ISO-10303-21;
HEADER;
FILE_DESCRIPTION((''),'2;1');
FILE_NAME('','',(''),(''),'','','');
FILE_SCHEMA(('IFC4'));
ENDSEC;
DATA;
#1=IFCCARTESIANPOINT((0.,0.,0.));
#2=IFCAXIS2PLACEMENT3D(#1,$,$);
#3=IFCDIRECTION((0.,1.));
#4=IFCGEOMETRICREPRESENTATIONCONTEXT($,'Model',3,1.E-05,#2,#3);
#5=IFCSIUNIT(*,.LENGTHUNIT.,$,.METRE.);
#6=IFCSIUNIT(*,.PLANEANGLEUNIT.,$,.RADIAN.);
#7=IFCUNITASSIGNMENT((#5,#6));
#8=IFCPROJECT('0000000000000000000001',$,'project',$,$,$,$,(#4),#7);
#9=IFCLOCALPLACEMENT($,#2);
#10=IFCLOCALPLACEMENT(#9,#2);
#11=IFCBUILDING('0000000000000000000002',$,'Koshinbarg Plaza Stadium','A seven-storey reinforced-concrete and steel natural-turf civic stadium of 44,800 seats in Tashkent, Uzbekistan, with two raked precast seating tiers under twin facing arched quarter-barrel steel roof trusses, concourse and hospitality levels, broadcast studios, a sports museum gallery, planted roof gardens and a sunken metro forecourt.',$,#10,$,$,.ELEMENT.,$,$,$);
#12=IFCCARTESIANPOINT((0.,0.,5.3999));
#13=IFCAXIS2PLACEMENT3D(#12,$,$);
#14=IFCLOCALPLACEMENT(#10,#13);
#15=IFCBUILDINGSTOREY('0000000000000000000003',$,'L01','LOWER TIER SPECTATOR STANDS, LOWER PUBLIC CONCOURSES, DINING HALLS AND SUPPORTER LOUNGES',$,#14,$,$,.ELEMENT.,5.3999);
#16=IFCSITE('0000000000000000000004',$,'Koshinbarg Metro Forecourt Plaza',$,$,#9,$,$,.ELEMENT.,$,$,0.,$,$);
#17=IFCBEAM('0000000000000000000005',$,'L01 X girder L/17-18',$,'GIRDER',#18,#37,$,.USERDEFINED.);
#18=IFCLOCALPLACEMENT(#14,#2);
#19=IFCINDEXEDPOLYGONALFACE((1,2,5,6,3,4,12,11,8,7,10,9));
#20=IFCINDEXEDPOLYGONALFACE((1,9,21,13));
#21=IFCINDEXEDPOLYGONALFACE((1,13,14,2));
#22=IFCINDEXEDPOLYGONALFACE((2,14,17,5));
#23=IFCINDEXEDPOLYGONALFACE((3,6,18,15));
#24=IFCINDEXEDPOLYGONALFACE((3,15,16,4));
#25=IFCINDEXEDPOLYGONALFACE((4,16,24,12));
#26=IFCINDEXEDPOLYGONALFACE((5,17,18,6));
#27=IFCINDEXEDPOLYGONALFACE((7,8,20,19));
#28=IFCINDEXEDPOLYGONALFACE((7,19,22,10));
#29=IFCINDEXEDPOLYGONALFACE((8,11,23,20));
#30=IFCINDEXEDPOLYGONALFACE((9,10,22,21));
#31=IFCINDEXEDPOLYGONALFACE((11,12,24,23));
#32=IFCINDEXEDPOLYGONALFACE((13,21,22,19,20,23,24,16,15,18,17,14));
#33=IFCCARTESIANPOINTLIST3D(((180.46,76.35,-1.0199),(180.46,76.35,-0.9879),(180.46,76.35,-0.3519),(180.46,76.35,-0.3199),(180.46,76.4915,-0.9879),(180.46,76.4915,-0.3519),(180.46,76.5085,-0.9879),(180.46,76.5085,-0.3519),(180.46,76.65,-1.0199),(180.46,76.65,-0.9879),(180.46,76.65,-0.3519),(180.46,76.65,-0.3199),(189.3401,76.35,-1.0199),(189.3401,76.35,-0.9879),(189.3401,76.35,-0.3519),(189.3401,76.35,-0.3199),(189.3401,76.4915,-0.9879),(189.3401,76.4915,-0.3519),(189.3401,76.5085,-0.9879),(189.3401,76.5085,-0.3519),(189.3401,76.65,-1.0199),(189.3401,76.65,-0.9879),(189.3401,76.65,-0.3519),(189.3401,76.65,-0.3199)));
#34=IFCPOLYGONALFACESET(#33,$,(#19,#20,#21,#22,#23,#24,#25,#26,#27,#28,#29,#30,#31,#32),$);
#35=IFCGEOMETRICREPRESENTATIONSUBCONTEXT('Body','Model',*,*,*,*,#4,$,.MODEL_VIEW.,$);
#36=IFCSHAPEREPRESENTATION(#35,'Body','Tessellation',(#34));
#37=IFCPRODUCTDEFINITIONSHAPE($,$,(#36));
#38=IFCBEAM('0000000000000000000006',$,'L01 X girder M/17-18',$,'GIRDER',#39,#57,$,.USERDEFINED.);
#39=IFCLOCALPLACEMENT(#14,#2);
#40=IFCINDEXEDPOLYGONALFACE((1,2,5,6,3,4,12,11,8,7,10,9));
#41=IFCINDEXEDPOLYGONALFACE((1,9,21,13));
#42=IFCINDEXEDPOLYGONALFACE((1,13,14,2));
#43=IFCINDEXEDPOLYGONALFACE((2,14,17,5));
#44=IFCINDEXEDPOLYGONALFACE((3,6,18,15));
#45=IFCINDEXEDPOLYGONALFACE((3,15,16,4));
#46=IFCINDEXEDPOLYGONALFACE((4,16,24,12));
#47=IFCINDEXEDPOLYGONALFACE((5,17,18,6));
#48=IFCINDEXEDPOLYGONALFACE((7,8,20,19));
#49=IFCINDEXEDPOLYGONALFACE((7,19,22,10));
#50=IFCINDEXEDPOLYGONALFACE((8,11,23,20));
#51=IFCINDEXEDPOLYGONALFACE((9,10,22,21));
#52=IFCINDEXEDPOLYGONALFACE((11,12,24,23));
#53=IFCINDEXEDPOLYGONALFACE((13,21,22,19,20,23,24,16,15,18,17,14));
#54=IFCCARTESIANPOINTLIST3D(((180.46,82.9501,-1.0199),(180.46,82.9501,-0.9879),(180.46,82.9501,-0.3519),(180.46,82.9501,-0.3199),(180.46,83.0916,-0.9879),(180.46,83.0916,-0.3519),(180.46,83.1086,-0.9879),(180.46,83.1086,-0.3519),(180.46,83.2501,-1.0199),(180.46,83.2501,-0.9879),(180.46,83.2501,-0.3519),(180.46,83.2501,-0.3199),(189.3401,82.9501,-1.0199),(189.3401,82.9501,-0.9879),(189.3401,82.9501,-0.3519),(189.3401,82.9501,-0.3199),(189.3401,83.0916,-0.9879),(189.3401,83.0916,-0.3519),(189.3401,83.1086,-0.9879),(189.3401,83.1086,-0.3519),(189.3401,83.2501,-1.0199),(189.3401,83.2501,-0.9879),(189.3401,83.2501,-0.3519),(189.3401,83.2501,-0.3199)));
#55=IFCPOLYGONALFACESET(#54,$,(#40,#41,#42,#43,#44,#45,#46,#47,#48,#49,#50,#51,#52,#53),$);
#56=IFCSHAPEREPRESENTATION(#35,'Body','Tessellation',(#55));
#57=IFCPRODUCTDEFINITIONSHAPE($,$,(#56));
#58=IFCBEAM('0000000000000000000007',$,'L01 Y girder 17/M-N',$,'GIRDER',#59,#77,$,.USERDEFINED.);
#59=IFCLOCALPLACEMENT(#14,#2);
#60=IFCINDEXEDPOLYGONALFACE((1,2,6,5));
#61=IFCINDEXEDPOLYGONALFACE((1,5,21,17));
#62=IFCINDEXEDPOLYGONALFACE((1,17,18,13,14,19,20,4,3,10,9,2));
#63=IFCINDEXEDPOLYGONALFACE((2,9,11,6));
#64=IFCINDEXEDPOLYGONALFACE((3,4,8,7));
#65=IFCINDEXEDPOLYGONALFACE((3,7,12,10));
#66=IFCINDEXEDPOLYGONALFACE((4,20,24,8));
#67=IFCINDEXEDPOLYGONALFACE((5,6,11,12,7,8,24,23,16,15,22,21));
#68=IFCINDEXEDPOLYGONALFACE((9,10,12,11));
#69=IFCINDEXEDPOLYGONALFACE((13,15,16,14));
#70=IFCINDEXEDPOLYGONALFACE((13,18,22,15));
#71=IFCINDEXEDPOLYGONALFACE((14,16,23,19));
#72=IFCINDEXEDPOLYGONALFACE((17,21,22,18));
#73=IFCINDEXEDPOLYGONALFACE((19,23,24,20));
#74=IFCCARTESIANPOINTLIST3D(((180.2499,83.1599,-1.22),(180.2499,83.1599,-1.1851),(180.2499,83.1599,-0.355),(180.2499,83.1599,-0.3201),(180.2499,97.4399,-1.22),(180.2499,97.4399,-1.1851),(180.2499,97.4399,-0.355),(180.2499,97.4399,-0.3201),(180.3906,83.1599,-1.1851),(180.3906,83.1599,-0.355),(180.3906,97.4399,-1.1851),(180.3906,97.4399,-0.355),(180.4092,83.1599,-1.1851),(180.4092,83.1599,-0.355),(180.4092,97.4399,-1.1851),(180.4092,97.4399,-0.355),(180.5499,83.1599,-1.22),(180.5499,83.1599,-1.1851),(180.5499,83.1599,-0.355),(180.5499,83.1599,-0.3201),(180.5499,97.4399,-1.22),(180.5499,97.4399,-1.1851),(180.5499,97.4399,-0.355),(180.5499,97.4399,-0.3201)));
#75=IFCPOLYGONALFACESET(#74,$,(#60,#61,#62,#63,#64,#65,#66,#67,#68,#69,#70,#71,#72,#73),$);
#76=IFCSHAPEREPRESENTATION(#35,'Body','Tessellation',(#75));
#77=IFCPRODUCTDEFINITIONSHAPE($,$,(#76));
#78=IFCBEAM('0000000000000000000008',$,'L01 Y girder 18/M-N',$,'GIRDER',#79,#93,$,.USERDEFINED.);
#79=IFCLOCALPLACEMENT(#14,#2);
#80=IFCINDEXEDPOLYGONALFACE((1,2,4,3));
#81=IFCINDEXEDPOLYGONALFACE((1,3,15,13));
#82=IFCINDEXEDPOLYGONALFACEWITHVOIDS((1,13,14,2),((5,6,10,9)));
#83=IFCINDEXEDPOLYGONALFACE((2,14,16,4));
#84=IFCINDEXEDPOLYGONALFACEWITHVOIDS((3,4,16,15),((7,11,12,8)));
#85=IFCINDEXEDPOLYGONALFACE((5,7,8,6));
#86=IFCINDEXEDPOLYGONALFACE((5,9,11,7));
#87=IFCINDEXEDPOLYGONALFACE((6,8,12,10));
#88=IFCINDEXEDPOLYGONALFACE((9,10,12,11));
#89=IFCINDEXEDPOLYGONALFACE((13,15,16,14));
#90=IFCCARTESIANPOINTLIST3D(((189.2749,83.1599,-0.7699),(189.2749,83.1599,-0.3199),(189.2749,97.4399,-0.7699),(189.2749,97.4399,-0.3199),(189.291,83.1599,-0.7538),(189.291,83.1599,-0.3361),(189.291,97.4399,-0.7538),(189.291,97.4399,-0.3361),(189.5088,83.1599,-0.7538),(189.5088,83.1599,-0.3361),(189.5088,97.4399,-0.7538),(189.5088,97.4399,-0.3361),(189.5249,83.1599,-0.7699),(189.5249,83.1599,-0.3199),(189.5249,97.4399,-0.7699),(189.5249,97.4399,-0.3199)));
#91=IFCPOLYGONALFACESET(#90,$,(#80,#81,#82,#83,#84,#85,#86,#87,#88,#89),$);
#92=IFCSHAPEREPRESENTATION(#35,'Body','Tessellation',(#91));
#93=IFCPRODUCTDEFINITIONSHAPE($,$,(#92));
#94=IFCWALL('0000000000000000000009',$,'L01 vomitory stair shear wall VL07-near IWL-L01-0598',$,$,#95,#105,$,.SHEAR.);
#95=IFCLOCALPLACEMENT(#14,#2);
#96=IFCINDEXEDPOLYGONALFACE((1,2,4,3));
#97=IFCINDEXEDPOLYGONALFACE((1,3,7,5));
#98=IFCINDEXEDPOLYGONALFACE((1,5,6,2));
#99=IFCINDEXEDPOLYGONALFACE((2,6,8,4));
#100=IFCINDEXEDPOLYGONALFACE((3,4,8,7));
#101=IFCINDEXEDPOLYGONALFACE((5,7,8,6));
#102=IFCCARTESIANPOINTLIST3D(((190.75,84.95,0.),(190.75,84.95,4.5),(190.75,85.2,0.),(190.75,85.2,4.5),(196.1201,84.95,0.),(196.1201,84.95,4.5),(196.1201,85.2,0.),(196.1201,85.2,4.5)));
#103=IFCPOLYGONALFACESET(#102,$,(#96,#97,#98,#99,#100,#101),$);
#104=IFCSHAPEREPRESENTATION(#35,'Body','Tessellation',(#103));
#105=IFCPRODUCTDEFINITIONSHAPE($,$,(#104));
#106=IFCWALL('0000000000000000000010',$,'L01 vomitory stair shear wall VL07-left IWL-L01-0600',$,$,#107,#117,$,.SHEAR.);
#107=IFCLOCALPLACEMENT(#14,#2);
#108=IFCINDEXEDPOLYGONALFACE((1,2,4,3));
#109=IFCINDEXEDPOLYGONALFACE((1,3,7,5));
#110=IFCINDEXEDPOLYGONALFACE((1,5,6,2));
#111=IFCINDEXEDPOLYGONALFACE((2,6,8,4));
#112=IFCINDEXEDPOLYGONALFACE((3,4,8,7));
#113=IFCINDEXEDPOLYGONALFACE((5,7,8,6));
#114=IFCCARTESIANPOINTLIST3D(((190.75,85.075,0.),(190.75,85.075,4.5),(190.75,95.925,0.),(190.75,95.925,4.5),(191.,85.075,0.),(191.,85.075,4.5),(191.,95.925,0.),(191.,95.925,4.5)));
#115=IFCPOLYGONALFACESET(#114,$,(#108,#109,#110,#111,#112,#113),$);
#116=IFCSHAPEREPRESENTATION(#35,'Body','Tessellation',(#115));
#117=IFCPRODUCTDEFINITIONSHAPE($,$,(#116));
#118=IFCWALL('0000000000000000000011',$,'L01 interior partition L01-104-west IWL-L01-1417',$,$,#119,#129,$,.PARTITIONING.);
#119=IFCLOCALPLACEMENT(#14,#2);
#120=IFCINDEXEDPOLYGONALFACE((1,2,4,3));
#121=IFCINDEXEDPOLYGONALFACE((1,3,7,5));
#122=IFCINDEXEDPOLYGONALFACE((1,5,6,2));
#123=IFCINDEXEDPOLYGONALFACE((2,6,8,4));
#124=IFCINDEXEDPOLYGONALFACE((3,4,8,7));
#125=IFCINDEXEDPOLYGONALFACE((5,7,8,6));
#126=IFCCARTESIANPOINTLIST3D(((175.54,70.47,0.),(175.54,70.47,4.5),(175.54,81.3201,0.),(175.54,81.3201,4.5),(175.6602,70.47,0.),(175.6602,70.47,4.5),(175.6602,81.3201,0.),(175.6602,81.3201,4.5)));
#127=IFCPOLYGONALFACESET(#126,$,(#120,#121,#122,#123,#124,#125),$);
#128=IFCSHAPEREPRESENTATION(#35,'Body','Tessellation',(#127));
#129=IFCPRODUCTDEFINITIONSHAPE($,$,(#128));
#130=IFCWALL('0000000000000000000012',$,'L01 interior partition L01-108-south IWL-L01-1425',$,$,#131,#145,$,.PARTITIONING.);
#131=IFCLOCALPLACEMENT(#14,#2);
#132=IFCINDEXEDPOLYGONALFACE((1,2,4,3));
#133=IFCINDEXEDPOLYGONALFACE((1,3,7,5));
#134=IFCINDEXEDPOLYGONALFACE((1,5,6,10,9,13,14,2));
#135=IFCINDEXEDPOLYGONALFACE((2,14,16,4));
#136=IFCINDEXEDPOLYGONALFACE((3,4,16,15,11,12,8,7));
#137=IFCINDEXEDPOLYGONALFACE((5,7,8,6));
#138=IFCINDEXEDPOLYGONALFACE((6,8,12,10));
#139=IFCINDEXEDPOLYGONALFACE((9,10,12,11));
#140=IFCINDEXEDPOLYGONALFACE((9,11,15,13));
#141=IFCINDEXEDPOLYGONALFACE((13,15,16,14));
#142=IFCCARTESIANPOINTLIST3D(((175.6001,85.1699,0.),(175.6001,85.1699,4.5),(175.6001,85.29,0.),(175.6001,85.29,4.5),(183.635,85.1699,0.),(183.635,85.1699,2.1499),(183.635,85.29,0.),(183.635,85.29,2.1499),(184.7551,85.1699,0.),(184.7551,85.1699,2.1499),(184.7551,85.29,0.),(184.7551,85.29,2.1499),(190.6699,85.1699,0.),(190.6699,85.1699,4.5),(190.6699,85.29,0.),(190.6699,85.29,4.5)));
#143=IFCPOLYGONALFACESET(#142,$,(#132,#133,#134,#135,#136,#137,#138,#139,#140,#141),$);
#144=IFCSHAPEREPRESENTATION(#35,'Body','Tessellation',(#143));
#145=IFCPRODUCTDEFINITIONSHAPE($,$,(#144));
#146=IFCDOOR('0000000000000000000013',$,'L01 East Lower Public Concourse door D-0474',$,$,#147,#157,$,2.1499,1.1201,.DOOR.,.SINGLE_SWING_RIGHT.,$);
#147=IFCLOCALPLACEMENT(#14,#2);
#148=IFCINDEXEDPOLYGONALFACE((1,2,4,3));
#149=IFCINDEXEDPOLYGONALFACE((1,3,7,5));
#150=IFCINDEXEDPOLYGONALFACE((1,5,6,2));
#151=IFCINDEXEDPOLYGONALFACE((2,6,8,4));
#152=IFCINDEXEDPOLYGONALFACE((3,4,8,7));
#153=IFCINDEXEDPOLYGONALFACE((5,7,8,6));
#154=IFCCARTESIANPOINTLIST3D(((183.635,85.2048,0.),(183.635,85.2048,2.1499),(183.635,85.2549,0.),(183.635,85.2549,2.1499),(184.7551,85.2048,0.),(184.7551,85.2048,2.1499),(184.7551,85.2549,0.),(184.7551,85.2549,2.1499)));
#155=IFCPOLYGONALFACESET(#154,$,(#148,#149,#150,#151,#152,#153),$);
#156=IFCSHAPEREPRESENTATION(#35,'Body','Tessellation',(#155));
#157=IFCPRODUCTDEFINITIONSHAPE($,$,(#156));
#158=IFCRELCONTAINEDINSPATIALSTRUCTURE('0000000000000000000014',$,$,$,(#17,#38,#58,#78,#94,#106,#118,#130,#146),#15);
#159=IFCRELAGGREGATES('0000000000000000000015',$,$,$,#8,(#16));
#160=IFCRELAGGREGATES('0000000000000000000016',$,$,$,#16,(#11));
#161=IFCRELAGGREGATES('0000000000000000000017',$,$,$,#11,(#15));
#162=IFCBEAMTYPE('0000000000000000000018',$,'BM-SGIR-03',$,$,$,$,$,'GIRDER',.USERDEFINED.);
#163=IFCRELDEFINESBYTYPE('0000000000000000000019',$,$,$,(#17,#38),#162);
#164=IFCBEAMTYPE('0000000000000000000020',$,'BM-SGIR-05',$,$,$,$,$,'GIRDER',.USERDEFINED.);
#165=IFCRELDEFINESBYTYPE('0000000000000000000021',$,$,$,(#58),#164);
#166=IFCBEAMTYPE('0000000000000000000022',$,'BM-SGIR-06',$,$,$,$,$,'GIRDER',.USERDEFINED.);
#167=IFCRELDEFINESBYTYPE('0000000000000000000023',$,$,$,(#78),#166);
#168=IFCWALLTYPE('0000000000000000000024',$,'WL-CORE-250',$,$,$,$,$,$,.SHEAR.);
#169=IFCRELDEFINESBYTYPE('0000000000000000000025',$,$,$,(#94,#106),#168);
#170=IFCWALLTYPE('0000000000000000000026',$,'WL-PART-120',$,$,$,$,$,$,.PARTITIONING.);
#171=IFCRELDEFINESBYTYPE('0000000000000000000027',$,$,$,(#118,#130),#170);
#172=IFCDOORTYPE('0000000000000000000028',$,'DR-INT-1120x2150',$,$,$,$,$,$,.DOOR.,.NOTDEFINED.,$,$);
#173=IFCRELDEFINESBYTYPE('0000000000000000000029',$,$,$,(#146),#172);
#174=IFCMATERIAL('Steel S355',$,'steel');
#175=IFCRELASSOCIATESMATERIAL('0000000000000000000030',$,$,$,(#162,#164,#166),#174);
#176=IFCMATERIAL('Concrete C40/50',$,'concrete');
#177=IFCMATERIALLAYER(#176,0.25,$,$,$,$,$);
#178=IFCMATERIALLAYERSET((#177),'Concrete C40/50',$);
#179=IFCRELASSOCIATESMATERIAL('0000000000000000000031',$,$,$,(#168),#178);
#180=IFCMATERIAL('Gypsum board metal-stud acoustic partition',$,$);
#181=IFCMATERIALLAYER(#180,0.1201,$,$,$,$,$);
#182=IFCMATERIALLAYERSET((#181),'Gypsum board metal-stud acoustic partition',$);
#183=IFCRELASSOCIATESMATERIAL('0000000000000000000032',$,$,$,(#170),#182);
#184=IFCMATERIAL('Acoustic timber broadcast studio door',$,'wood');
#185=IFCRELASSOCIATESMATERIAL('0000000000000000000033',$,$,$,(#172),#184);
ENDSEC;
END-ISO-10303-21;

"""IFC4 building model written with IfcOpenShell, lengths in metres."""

from ifc_helpers import new_model, si_unit, direction, frame, frame_2d, origin, origin_2d, place, context, subcontext, project, spatial, rectangle, hollow_rectangle, i_section, extrude, material, layer, layer_set, material_profile, profile_set, type_object, element, fill, save


model = new_model("IFC4")

# Units and contexts
model_context = context("Model", 3, precision=1e-05, world=origin(), true_north=direction((0.0, 1.0)))
body_context = subcontext(model_context, "Body", "Model", "MODEL_VIEW")
ifc_project = project(units=[si_unit("LENGTHUNIT", "METRE"), si_unit("PLANEANGLEUNIT", "RADIAN")], contexts=[model_context])

# Site, building, storey
site_placement = place(None, origin())
site = spatial("IfcSite", under=ifc_project, at=site_placement, Name="Koshinbarg Metro Forecourt Plaza", CompositionType="ELEMENT", RefElevation=0.0)
building_placement = place(site_placement, origin())
building = spatial("IfcBuilding", under=site, at=building_placement, Name="Koshinbarg Plaza Stadium", Description="A seven-storey reinforced-concrete and steel natural-turf civic stadium of 44,800 seats in Tashkent, Uzbekistan, with two raked precast seating tiers under twin facing arched quarter-barrel steel roof trusses, concourse and hospitality levels, broadcast studios, a sports museum gallery, planted roof gardens and a sunken metro forecourt.", CompositionType="ELEMENT")
storey_placement = place(building_placement, frame((0.0, 0.0, 5.3999)))
storey = spatial("IfcBuildingStorey", under=building, at=storey_placement, Name="L01", Description="LOWER TIER SPECTATOR STANDS, LOWER PUBLIC CONCOURSES, DINING HALLS AND SUPPORTER LOUNGES", CompositionType="ELEMENT", Elevation=5.3999)

# Shared definitions
ifc_material_1 = material(Name="Concrete C40/50", Category="concrete")

# Beams
ifc_material_2 = material(Name="Steel S355", Category="steel")
ifc_material_profile_1 = material_profile(ifc_material_2, i_section(OverallWidth=0.3, OverallDepth=0.7, WebThickness=0.0171, FlangeThickness=0.032, at=origin_2d()), Name="HEB 700")
ifc_profile_set_1 = profile_set([ifc_material_profile_1], Name="Steel S355")
beam_type_1 = type_object("IfcBeamType", Name="BM-SGIR-03", ElementType="GIRDER", PredefinedType="USERDEFINED", material=ifc_profile_set_1)
for number, where, z_axis, x_axis, name in (
    (1, (180.46, 76.5, -0.6699), (1.0, 0.0, 0.0), (0.0, 1.0, 0.0), "L01 X girder L/17-18"),
    (2, (180.46, 83.1001, -0.6699), (1.0, 0.0, 0.0), (0.0, 1.0, 0.0), "L01 X girder M/17-18"),
):
    element("IfcBeam", number, at=place(storey_placement, frame(where, z_axis=z_axis, x_axis=x_axis)), inside=storey, type_object=beam_type_1, Name=name, ObjectType="GIRDER", PredefinedType="USERDEFINED", context=body_context, shape_type="SweptSolid", body=[
        extrude(i_section(OverallWidth=0.3, OverallDepth=0.7, WebThickness=0.0171, FlangeThickness=0.032, at=origin_2d()), origin(), (0.0, 0.0, 1.0), 8.8801),
    ])
ifc_material_profile_2 = material_profile(ifc_material_2, i_section(OverallWidth=0.3, OverallDepth=0.8999, WebThickness=0.0186, FlangeThickness=0.0349, at=origin_2d()), Name="HEB 900")
ifc_profile_set_2 = profile_set([ifc_material_profile_2], Name="Steel S355")
beam_type_2 = type_object("IfcBeamType", Name="BM-SGIR-05", ElementType="GIRDER", PredefinedType="USERDEFINED", material=ifc_profile_set_2)
beam_1_placement = place(storey_placement, frame((180.3999, 83.1599, -0.77), z_axis=(0.0, 1.0, 0.0), x_axis=(-1.0, 0.0, 0.0)))
element("IfcBeam", 3, at=beam_1_placement, inside=storey, type_object=beam_type_2, Name="L01 Y girder 17/M-N", ObjectType="GIRDER", PredefinedType="USERDEFINED", context=body_context, shape_type="SweptSolid", body=[
    extrude(i_section(OverallWidth=0.3, OverallDepth=0.8999, WebThickness=0.0186, FlangeThickness=0.0349, at=origin_2d()), origin(), (0.0, 0.0, 1.0), 14.28),
])
ifc_material_profile_3 = material_profile(ifc_material_2, hollow_rectangle(XDim=0.25, YDim=0.45, WallThickness=0.0161, at=origin_2d()), Name="RHS 450x250x16")
ifc_profile_set_3 = profile_set([ifc_material_profile_3], Name="Steel S355")
beam_type_3 = type_object("IfcBeamType", Name="BM-SGIR-06", ElementType="GIRDER", PredefinedType="USERDEFINED", material=ifc_profile_set_3)
beam_2_placement = place(storey_placement, frame((189.3999, 83.1599, -0.5449), z_axis=(0.0, 1.0, 0.0), x_axis=(-1.0, 0.0, 0.0)))
element("IfcBeam", 4, at=beam_2_placement, inside=storey, type_object=beam_type_3, Name="L01 Y girder 18/M-N", ObjectType="GIRDER", PredefinedType="USERDEFINED", context=body_context, shape_type="SweptSolid", body=[
    extrude(hollow_rectangle(XDim=0.25, YDim=0.45, WallThickness=0.0161, at=origin_2d()), origin(), (0.0, 0.0, 1.0), 14.28),
])

# Walls
ifc_layer_1 = layer(ifc_material_1, 0.25)
ifc_layer_set_1 = layer_set([ifc_layer_1], Name="Concrete C40/50")
wall_type_1 = type_object("IfcWallType", Name="WL-CORE-250", PredefinedType="SHEAR", material=ifc_layer_set_1)
wall_1_placement = place(storey_placement, frame((190.75, 85.075, 0.0), z_axis=(0.0, 0.0, 1.0), x_axis=(1.0, 0.0, 0.0)))
element("IfcWall", 5, at=wall_1_placement, inside=storey, type_object=wall_type_1, Name="L01 vomitory stair shear wall VL07-near IWL-L01-0598", PredefinedType="SHEAR", context=body_context, shape_type="SweptSolid", body=[
    extrude(rectangle(XDim=5.3701, YDim=0.25, at=frame_2d((2.6851, 0.0))), origin(), (0.0, 0.0, 1.0), 4.5),
])
wall_2_placement = place(storey_placement, frame((190.875, 85.075, 0.0), z_axis=(0.0, 0.0, 1.0), x_axis=(0.0, 1.0, 0.0)))
element("IfcWall", 6, at=wall_2_placement, inside=storey, type_object=wall_type_1, Name="L01 vomitory stair shear wall VL07-left IWL-L01-0600", PredefinedType="SHEAR", context=body_context, shape_type="SweptSolid", body=[
    extrude(rectangle(XDim=10.8501, YDim=0.25, at=frame_2d((5.425, 0.0))), origin(), (0.0, 0.0, 1.0), 4.5),
])
ifc_material_3 = material(Name="Gypsum board metal-stud acoustic partition")
ifc_layer_2 = layer(ifc_material_3, 0.1201)
ifc_layer_set_2 = layer_set([ifc_layer_2], Name="Gypsum board metal-stud acoustic partition")
wall_type_2 = type_object("IfcWallType", Name="WL-PART-120", PredefinedType="PARTITIONING", material=ifc_layer_set_2)
wall_3_placement = place(storey_placement, frame((175.6001, 81.3201, 0.0), z_axis=(0.0, 0.0, 1.0), x_axis=(0.0, -1.0, 0.0)))
element("IfcWall", 7, at=wall_3_placement, inside=storey, type_object=wall_type_2, Name="L01 interior partition L01-104-west IWL-L01-1417", PredefinedType="PARTITIONING", context=body_context, shape_type="SweptSolid", body=[
    extrude(rectangle(XDim=10.8501, YDim=0.1201, at=frame_2d((5.425, 0.0))), origin(), (0.0, 0.0, 1.0), 4.5),
])

# Wall, opening, door
wall_4_placement = place(storey_placement, frame((175.6001, 85.23, 0.0), z_axis=(0.0, 0.0, 1.0), x_axis=(1.0, 0.0, 0.0)))
wall_4 = element("IfcWall", 8, at=wall_4_placement, inside=storey, type_object=wall_type_2, Name="L01 interior partition L01-108-south IWL-L01-1425", PredefinedType="PARTITIONING", context=body_context, shape_type="SweptSolid", body=[
    extrude(rectangle(XDim=15.0698, YDim=0.1201, at=frame_2d((7.5349, 0.0))), origin(), (0.0, 0.0, 1.0), 4.5),
])
opening_placement = place(wall_4_placement, frame((8.0349, 0.0, 0.0)))
opening = element("IfcOpeningElement", 9, at=opening_placement, cuts=wall_4, PredefinedType="OPENING", context=body_context, shape_type="SweptSolid", body=[
    extrude(rectangle(XDim=1.1201, YDim=2.1499, at=frame_2d((0.5601, 1.075))), frame((0.0, 0.0701, 0.0), z_axis=(0.0, -1.0, 0.0), x_axis=(1.0, 0.0, 0.0)), (0.0, 0.0, 1.0), 0.1401),
])
ifc_material_4 = material(Name="Acoustic timber broadcast studio door", Category="wood")
door_type = type_object("IfcDoorType", Name="DR-INT-1120x2150", OperationType="NOTDEFINED", PredefinedType="DOOR", material=ifc_material_4)
door_placement = place(opening_placement, origin())
door = element("IfcDoor", 10, at=door_placement, inside=storey, type_object=door_type, Name="L01 East Lower Public Concourse door D-0474", OperationType="SINGLE_SWING_RIGHT", OverallHeight=2.1499, OverallWidth=1.1201, PredefinedType="DOOR", context=body_context, shape_type="SweptSolid", body=[
    extrude(rectangle(XDim=1.1201, YDim=2.1499, at=frame_2d((0.5601, 1.075))), frame((0.0, 0.0249, 0.0), z_axis=(0.0, -1.0, 0.0), x_axis=(1.0, 0.0, 0.0)), (0.0, 0.0, 1.0), 0.05),
])
fill(opening, door)

save(model, "model.ifc")
